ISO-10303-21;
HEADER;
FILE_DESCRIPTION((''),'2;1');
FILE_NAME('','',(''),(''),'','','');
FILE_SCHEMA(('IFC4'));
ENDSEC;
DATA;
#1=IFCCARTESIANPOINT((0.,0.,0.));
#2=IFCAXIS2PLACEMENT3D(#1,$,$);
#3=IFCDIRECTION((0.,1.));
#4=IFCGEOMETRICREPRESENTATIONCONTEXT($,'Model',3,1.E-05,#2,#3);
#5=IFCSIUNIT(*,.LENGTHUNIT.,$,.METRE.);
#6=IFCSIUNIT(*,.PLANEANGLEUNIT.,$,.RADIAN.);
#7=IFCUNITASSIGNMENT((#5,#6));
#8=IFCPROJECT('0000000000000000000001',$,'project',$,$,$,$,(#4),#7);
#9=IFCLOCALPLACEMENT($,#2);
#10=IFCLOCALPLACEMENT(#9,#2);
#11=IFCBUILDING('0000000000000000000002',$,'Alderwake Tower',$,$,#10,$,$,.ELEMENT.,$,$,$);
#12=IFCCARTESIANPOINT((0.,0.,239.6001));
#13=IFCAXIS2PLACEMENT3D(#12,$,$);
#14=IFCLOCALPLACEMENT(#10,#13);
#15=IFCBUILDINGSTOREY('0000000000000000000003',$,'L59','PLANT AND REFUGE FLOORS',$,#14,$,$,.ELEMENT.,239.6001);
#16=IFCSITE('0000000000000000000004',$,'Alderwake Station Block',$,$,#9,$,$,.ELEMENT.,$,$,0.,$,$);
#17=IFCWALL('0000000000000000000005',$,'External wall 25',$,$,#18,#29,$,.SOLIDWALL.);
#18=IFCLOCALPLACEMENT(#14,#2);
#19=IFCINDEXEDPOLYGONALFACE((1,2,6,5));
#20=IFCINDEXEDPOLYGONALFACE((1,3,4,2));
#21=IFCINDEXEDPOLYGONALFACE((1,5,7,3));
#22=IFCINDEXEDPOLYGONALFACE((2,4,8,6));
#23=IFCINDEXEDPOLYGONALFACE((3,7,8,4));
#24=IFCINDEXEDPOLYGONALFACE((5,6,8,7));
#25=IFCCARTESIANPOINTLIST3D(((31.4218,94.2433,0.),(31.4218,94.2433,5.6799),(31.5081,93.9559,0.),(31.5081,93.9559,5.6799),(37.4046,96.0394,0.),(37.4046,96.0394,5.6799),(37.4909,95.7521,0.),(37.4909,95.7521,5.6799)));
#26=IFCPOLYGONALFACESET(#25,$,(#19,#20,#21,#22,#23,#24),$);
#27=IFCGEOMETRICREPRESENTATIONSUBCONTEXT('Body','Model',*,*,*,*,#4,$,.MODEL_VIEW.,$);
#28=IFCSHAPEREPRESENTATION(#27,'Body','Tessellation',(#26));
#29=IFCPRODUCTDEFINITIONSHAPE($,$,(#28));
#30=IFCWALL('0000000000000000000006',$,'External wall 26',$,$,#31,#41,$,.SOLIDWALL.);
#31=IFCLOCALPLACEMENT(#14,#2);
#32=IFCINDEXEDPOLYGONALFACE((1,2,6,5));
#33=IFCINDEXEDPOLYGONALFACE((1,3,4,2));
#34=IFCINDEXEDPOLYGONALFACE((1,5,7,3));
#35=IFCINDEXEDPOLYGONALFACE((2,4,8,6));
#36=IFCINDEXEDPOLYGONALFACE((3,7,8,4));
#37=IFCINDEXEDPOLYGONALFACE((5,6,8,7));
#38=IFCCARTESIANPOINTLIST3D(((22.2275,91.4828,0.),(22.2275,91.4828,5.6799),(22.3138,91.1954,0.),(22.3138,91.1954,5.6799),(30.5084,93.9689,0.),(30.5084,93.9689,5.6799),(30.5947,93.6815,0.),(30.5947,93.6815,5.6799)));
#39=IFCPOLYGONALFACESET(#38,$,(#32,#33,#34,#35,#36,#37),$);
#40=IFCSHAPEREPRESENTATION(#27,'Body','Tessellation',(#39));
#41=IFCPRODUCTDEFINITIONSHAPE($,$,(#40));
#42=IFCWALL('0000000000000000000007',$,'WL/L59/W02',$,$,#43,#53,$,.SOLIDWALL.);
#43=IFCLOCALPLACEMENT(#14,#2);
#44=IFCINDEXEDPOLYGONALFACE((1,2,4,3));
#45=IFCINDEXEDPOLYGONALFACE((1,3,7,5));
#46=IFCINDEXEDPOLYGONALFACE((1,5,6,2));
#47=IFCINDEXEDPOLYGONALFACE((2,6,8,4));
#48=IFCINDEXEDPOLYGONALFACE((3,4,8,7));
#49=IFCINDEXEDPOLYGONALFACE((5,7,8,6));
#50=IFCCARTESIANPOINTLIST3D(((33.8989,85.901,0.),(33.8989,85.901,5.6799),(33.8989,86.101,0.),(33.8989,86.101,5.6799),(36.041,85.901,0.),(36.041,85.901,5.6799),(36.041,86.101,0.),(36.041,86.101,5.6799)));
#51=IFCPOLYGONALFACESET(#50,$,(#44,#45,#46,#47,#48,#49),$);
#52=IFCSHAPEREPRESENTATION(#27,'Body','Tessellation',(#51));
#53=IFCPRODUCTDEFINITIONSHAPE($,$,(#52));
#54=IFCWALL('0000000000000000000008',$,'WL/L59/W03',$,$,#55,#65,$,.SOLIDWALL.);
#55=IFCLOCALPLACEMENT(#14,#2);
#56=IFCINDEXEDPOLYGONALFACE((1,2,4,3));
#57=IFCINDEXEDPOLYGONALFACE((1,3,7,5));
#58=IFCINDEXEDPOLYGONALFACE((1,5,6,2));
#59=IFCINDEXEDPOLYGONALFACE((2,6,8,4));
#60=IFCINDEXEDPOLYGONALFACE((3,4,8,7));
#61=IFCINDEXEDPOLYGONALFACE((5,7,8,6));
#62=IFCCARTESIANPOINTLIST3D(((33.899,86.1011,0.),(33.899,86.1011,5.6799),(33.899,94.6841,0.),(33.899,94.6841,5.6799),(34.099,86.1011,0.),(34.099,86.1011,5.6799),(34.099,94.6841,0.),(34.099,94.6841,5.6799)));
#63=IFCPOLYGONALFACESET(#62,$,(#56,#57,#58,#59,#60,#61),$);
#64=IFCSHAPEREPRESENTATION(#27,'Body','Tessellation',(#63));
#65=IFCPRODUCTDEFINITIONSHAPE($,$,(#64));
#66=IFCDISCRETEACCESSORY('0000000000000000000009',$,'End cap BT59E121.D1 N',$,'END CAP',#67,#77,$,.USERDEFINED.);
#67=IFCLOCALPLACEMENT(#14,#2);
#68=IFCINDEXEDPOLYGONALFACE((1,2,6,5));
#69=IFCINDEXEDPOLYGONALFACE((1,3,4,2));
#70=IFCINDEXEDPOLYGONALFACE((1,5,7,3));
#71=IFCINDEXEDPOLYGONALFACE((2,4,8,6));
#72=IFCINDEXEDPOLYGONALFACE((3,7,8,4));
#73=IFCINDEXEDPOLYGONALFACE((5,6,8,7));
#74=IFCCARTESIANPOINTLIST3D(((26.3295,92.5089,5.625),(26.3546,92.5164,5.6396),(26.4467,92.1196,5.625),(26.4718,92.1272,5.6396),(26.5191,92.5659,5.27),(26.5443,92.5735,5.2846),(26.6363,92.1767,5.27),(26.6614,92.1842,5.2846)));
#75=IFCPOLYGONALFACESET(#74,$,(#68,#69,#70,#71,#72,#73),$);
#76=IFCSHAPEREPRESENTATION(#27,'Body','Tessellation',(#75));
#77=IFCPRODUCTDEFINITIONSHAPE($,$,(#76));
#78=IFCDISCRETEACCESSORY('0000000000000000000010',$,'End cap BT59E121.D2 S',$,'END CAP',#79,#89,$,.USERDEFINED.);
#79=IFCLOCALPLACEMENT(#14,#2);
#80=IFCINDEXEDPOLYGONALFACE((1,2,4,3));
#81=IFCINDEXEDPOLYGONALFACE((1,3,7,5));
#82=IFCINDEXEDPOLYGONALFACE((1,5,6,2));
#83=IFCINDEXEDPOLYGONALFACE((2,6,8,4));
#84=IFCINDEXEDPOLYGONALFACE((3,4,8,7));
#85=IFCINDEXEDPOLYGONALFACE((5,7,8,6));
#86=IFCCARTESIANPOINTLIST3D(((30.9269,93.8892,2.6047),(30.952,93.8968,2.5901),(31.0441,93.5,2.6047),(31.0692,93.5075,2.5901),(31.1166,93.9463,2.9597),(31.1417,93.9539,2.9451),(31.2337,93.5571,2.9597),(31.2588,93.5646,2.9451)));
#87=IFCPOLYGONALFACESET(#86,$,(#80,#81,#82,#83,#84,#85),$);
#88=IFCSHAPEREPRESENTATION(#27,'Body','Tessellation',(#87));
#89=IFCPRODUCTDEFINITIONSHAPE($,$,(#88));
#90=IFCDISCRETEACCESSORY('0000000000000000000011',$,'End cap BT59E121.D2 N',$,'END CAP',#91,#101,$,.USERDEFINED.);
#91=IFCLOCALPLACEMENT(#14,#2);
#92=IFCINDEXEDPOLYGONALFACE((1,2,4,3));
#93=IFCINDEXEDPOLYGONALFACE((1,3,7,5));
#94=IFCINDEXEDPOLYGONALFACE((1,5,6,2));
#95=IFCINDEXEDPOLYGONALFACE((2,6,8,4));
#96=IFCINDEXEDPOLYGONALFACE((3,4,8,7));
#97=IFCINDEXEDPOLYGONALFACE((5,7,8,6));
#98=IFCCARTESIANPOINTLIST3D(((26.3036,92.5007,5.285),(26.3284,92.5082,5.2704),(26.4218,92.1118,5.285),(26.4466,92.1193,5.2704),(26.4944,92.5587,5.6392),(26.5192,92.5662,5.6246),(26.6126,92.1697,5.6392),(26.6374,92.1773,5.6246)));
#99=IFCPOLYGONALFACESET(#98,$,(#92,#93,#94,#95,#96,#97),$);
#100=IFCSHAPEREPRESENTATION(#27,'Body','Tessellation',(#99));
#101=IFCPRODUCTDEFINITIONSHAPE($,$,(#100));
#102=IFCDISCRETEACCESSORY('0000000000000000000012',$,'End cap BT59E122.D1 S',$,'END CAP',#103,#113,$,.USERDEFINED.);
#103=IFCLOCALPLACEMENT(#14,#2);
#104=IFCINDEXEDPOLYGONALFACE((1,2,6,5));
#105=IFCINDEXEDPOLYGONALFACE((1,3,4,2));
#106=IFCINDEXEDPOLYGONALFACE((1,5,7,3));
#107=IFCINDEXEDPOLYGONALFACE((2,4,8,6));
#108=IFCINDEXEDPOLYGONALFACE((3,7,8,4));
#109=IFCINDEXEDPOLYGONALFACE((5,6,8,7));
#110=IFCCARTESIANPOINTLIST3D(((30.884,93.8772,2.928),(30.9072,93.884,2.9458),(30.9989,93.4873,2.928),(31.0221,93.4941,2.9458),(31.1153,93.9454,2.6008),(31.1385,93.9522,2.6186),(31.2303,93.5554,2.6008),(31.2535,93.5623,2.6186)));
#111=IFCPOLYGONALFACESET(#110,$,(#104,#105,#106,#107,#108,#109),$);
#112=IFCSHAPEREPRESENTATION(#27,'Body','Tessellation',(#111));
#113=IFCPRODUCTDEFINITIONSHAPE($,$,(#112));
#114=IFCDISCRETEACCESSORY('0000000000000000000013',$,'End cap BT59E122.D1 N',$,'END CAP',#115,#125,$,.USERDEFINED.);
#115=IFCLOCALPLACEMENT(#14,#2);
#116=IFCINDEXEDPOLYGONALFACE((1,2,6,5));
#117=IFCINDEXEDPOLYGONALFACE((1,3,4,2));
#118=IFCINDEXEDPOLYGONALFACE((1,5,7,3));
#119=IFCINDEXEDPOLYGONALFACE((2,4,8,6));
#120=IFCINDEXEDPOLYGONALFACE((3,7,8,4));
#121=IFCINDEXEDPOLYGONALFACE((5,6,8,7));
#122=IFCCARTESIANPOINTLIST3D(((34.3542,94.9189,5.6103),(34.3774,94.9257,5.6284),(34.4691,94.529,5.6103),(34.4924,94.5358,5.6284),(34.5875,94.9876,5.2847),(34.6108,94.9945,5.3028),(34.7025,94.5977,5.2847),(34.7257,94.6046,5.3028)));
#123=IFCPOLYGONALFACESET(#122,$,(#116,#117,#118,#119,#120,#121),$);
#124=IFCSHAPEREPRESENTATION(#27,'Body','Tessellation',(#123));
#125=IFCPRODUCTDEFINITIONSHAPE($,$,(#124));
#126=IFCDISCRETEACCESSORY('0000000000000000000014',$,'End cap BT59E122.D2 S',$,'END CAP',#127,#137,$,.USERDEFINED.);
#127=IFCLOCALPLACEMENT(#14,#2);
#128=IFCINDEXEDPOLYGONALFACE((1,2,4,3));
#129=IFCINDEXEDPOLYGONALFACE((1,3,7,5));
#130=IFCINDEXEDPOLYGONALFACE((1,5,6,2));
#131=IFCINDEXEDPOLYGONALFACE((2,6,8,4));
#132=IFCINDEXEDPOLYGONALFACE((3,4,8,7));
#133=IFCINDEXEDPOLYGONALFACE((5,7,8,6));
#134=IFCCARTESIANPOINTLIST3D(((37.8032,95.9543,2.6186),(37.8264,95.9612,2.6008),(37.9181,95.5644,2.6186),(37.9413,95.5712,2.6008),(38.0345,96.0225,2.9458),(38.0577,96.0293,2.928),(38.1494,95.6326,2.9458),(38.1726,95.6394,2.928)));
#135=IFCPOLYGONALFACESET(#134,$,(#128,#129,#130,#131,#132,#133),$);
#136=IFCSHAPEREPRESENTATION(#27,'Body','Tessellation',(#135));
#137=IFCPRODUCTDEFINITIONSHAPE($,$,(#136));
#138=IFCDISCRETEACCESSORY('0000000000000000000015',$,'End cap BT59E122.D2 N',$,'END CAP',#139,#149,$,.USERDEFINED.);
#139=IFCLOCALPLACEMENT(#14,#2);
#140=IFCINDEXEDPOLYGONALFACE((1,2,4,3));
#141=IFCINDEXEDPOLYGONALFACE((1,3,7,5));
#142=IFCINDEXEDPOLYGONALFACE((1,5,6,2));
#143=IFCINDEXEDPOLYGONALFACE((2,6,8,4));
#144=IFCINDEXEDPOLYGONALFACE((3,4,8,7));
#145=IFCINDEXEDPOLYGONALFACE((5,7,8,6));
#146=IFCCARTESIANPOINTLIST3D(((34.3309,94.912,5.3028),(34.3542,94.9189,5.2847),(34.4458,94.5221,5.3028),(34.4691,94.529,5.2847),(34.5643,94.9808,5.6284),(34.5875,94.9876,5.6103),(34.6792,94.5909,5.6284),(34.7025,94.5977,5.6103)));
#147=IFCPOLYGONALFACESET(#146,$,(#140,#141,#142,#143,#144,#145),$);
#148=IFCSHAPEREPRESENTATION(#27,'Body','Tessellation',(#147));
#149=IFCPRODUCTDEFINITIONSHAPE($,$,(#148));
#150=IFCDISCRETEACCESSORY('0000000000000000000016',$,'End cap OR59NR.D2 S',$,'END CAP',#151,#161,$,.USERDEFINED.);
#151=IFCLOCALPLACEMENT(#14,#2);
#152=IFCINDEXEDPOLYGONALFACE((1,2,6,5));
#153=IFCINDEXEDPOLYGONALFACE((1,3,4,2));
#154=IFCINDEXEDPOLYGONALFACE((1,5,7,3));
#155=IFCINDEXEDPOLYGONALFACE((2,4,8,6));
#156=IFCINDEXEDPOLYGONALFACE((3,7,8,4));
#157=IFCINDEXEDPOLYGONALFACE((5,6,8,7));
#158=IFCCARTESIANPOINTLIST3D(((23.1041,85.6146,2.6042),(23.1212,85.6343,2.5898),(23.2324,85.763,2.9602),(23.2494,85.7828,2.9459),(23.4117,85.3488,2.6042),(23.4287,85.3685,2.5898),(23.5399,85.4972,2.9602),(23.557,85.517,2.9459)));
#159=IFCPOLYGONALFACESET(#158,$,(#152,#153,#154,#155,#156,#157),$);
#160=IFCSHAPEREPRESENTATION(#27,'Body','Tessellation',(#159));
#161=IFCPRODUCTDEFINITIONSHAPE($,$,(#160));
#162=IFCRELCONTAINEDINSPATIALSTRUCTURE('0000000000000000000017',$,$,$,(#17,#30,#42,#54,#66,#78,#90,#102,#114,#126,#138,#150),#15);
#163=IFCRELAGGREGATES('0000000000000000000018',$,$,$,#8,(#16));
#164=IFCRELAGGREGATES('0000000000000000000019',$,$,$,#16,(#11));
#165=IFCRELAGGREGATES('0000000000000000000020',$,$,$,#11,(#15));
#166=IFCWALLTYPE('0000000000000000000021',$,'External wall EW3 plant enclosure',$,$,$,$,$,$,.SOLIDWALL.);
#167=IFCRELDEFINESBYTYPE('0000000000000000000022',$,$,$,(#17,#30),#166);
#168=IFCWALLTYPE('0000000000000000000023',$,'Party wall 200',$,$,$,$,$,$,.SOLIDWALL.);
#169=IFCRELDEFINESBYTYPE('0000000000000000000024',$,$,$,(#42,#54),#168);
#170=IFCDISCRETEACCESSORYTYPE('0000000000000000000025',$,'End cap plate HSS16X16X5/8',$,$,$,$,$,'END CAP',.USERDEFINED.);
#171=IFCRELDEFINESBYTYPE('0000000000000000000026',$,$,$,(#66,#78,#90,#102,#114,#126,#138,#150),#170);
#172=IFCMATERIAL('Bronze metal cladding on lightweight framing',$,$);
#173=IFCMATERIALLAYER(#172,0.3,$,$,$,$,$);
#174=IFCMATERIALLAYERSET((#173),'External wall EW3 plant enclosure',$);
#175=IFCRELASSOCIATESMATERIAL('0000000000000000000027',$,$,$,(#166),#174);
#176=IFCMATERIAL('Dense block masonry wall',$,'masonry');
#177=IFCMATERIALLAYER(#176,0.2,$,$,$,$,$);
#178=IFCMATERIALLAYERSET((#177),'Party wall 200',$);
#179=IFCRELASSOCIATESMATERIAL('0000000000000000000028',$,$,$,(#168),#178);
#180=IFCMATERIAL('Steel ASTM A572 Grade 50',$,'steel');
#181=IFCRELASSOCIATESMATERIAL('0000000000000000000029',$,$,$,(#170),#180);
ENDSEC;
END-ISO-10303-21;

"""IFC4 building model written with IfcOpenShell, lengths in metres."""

from ifc_helpers import new_model, si_unit, direction, frame, frame_2d, origin, origin_2d, place, context, subcontext, project, spatial, rectangle, extrude, material, layer, layer_set, material_profile, profile_set, type_object, element, save


model = new_model("IFC4")

# Units and contexts
model_context = context("Model", 3, precision=1e-05, world=origin(), true_north=direction((0.0, 1.0)))
body_context = subcontext(model_context, "Body", "Model", "MODEL_VIEW")
ifc_project = project(units=[si_unit("LENGTHUNIT", "METRE"), si_unit("PLANEANGLEUNIT", "RADIAN")], contexts=[model_context])

# Site, building, storey
site_placement = place(None, origin())
site = spatial("IfcSite", under=ifc_project, at=site_placement, Name="Alderwake Station Block", CompositionType="ELEMENT", RefElevation=0.0)
building_placement = place(site_placement, origin())
building = spatial("IfcBuilding", under=site, at=building_placement, Name="Alderwake Tower", CompositionType="ELEMENT")
storey_placement = place(building_placement, frame((0.0, 0.0, 239.6001)))
storey = spatial("IfcBuildingStorey", under=building, at=storey_placement, Name="L59", Description="PLANT AND REFUGE FLOORS", CompositionType="ELEMENT", Elevation=239.6001)

# Walls
ifc_material_1 = material(Name="Bronze metal cladding on lightweight framing")
ifc_layer_1 = layer(ifc_material_1, 0.3)
ifc_layer_set_1 = layer_set([ifc_layer_1], Name="External wall EW3 plant enclosure")
wall_type_1 = type_object("IfcWallType", Name="External wall EW3 plant enclosure", PredefinedType="SOLIDWALL", material=ifc_layer_set_1)
wall_1_placement = place(storey_placement, frame((37.4478, 95.8958, 0.0), z_axis=(0.0, 0.0, 1.0), x_axis=(-0.957767, -0.287545, 0.0)))
element("IfcWall", 1, at=wall_1_placement, inside=storey, type_object=wall_type_1, Name="External wall 25", PredefinedType="SOLIDWALL", context=body_context, shape_type="SweptSolid", body=[
    extrude(rectangle(XDim=6.2466, YDim=0.3, at=frame_2d((3.1233, 0.0))), origin(), (0.0, 0.0, 1.0), 5.6799),
])
wall_2_placement = place(storey_placement, frame((30.5515, 93.8252, 0.0), z_axis=(0.0, 0.0, 1.0), x_axis=(-0.957767, -0.287545, 0.0)))
element("IfcWall", 2, at=wall_2_placement, inside=storey, type_object=wall_type_1, Name="External wall 26", PredefinedType="SOLIDWALL", context=body_context, shape_type="SweptSolid", body=[
    extrude(rectangle(XDim=8.646, YDim=0.3, at=frame_2d((4.323, 0.0))), origin(), (0.0, 0.0, 1.0), 5.6799),
])
ifc_material_2 = material(Name="Dense block masonry wall", Category="masonry")
ifc_layer_2 = layer(ifc_material_2, 0.2)
ifc_layer_set_2 = layer_set([ifc_layer_2], Name="Party wall 200")
wall_type_2 = type_object("IfcWallType", Name="Party wall 200", PredefinedType="SOLIDWALL", material=ifc_layer_set_2)
wall_3_placement = place(storey_placement, frame((33.8989, 86.001, 0.0), z_axis=(0.0, 0.0, 1.0), x_axis=(1.0, 0.0, 0.0)))
element("IfcWall", 3, at=wall_3_placement, inside=storey, type_object=wall_type_2, Name="WL/L59/W02", PredefinedType="SOLIDWALL", context=body_context, shape_type="SweptSolid", body=[
    extrude(rectangle(XDim=2.1421, YDim=0.2, at=frame_2d((1.071, 0.0))), origin(), (0.0, 0.0, 1.0), 5.6799),
])
wall_4_placement = place(storey_placement, frame((33.999, 94.6841, 0.0), z_axis=(0.0, 0.0, 1.0), x_axis=(0.0, -1.0, 0.0)))
element("IfcWall", 4, at=wall_4_placement, inside=storey, type_object=wall_type_2, Name="WL/L59/W03", PredefinedType="SOLIDWALL", context=body_context, shape_type="SweptSolid", body=[
    extrude(rectangle(XDim=8.583, YDim=0.2, at=frame_2d((4.2915, 0.0))), origin(), (0.0, 0.0, 1.0), 5.6799),
])

# Discrete accessories
ifc_material_3 = material(Name="Steel ASTM A572 Grade 50", Category="steel")
ifc_material_profile_1 = material_profile(ifc_material_3, rectangle(XDim=0.4065, YDim=0.4065, at=origin_2d()), Name="HSS16X16X5/8 cap")
ifc_profile_set_1 = profile_set([ifc_material_profile_1], Name="Steel ASTM A572 Grade 50")
discrete_accessory_type = type_object("IfcDiscreteAccessoryType", Name="End cap plate HSS16X16X5/8", ElementType="END CAP", PredefinedType="USERDEFINED", material=ifc_profile_set_1)
for number, where, z_axis, x_axis, name in (
    (5, (26.4829, 92.3428, 5.4475), (0.836266, 0.251692, 0.487145), (-0.288201, 0.95757, 0.0), "End cap BT59E121.D1 N"),
    (6, (31.0803, 93.7231, 2.7822), (0.836266, 0.251692, -0.487145), (-0.288201, 0.95757, 0.0), "End cap BT59E121.D2 S"),
):
    element("IfcDiscreteAccessory", number, at=place(storey_placement, frame(where, z_axis=z_axis, x_axis=x_axis)), inside=storey, type_object=discrete_accessory_type, Name=name, ObjectType="END CAP", PredefinedType="USERDEFINED", context=body_context, shape_type="SweptSolid", body=[
        extrude(rectangle(XDim=0.4065, YDim=0.4065, at=origin_2d()), origin(), (0.0, 0.0, 1.0), 0.03),
    ])
discrete_accessory_1_placement = place(storey_placement, frame((26.4829, 92.3428, 5.4475), z_axis=(-0.8338, -0.25341, 0.49047), x_axis=(0.290788, -0.956787, 0.0)))
element("IfcDiscreteAccessory", 7, at=discrete_accessory_1_placement, inside=storey, type_object=discrete_accessory_type, Name="End cap BT59E121.D2 N", ObjectType="END CAP", PredefinedType="USERDEFINED", context=body_context, shape_type="SweptSolid", body=[
    extrude(rectangle(XDim=0.4065, YDim=0.4065, at=origin_2d()), origin(), (0.0, 0.0, 1.0), 0.0298),
])
discrete_accessory_2_placement = place(storey_placement, frame((31.0803, 93.7231, 2.7822), z_axis=(-0.772128, -0.227575, -0.593319), x_axis=(0.282713, -0.959205, 0.0)))
element("IfcDiscreteAccessory", 8, at=discrete_accessory_2_placement, inside=storey, type_object=discrete_accessory_type, Name="End cap BT59E122.D1 S", ObjectType="END CAP", PredefinedType="USERDEFINED", context=body_context, shape_type="SweptSolid", body=[
    extrude(rectangle(XDim=0.4065, YDim=0.4065, at=origin_2d()), origin(), (0.0, 0.0, 1.0), 0.03),
])
discrete_accessory_3_placement = place(storey_placement, frame((34.5283, 94.7583, 5.4475), z_axis=(0.768406, 0.226478, 0.598548), x_axis=(-0.282713, 0.959205, 0.0)))
element("IfcDiscreteAccessory", 9, at=discrete_accessory_3_placement, inside=storey, type_object=discrete_accessory_type, Name="End cap BT59E122.D1 N", ObjectType="END CAP", PredefinedType="USERDEFINED", context=body_context, shape_type="SweptSolid", body=[
    extrude(rectangle(XDim=0.4065, YDim=0.4065, at=origin_2d()), origin(), (0.0, 0.0, 1.0), 0.0303),
])
discrete_accessory_4_placement = place(storey_placement, frame((37.9763, 95.7935, 2.7822), z_axis=(0.772128, 0.227575, -0.593319), x_axis=(-0.282713, 0.959205, 0.0)))
element("IfcDiscreteAccessory", 10, at=discrete_accessory_4_placement, inside=storey, type_object=discrete_accessory_type, Name="End cap BT59E122.D2 S", ObjectType="END CAP", PredefinedType="USERDEFINED", context=body_context, shape_type="SweptSolid", body=[
    extrude(rectangle(XDim=0.4065, YDim=0.4065, at=origin_2d()), origin(), (0.0, 0.0, 1.0), 0.03),
])
discrete_accessory_5_placement = place(storey_placement, frame((34.5283, 94.7583, 5.4475), z_axis=(-0.768406, -0.226478, 0.598548), x_axis=(0.282713, -0.959205, 0.0)))
element("IfcDiscreteAccessory", 11, at=discrete_accessory_5_placement, inside=storey, type_object=discrete_accessory_type, Name="End cap BT59E122.D2 N", ObjectType="END CAP", PredefinedType="USERDEFINED", context=body_context, shape_type="SweptSolid", body=[
    extrude(rectangle(XDim=0.4065, YDim=0.4065, at=origin_2d()), origin(), (0.0, 0.0, 1.0), 0.0303),
])
discrete_accessory_6_placement = place(storey_placement, frame((23.322, 85.5559, 2.7822), z_axis=(0.572656, 0.662645, -0.482667), x_axis=(-0.756613, 0.653863, 0.0)))
element("IfcDiscreteAccessory", 12, at=discrete_accessory_6_placement, inside=storey, type_object=discrete_accessory_type, Name="End cap OR59NR.D2 S", ObjectType="END CAP", PredefinedType="USERDEFINED", context=body_context, shape_type="SweptSolid", body=[
    extrude(rectangle(XDim=0.4065, YDim=0.4065, at=origin_2d()), origin(), (0.0, 0.0, 1.0), 0.0298),
])

save(model, "model.ifc")
